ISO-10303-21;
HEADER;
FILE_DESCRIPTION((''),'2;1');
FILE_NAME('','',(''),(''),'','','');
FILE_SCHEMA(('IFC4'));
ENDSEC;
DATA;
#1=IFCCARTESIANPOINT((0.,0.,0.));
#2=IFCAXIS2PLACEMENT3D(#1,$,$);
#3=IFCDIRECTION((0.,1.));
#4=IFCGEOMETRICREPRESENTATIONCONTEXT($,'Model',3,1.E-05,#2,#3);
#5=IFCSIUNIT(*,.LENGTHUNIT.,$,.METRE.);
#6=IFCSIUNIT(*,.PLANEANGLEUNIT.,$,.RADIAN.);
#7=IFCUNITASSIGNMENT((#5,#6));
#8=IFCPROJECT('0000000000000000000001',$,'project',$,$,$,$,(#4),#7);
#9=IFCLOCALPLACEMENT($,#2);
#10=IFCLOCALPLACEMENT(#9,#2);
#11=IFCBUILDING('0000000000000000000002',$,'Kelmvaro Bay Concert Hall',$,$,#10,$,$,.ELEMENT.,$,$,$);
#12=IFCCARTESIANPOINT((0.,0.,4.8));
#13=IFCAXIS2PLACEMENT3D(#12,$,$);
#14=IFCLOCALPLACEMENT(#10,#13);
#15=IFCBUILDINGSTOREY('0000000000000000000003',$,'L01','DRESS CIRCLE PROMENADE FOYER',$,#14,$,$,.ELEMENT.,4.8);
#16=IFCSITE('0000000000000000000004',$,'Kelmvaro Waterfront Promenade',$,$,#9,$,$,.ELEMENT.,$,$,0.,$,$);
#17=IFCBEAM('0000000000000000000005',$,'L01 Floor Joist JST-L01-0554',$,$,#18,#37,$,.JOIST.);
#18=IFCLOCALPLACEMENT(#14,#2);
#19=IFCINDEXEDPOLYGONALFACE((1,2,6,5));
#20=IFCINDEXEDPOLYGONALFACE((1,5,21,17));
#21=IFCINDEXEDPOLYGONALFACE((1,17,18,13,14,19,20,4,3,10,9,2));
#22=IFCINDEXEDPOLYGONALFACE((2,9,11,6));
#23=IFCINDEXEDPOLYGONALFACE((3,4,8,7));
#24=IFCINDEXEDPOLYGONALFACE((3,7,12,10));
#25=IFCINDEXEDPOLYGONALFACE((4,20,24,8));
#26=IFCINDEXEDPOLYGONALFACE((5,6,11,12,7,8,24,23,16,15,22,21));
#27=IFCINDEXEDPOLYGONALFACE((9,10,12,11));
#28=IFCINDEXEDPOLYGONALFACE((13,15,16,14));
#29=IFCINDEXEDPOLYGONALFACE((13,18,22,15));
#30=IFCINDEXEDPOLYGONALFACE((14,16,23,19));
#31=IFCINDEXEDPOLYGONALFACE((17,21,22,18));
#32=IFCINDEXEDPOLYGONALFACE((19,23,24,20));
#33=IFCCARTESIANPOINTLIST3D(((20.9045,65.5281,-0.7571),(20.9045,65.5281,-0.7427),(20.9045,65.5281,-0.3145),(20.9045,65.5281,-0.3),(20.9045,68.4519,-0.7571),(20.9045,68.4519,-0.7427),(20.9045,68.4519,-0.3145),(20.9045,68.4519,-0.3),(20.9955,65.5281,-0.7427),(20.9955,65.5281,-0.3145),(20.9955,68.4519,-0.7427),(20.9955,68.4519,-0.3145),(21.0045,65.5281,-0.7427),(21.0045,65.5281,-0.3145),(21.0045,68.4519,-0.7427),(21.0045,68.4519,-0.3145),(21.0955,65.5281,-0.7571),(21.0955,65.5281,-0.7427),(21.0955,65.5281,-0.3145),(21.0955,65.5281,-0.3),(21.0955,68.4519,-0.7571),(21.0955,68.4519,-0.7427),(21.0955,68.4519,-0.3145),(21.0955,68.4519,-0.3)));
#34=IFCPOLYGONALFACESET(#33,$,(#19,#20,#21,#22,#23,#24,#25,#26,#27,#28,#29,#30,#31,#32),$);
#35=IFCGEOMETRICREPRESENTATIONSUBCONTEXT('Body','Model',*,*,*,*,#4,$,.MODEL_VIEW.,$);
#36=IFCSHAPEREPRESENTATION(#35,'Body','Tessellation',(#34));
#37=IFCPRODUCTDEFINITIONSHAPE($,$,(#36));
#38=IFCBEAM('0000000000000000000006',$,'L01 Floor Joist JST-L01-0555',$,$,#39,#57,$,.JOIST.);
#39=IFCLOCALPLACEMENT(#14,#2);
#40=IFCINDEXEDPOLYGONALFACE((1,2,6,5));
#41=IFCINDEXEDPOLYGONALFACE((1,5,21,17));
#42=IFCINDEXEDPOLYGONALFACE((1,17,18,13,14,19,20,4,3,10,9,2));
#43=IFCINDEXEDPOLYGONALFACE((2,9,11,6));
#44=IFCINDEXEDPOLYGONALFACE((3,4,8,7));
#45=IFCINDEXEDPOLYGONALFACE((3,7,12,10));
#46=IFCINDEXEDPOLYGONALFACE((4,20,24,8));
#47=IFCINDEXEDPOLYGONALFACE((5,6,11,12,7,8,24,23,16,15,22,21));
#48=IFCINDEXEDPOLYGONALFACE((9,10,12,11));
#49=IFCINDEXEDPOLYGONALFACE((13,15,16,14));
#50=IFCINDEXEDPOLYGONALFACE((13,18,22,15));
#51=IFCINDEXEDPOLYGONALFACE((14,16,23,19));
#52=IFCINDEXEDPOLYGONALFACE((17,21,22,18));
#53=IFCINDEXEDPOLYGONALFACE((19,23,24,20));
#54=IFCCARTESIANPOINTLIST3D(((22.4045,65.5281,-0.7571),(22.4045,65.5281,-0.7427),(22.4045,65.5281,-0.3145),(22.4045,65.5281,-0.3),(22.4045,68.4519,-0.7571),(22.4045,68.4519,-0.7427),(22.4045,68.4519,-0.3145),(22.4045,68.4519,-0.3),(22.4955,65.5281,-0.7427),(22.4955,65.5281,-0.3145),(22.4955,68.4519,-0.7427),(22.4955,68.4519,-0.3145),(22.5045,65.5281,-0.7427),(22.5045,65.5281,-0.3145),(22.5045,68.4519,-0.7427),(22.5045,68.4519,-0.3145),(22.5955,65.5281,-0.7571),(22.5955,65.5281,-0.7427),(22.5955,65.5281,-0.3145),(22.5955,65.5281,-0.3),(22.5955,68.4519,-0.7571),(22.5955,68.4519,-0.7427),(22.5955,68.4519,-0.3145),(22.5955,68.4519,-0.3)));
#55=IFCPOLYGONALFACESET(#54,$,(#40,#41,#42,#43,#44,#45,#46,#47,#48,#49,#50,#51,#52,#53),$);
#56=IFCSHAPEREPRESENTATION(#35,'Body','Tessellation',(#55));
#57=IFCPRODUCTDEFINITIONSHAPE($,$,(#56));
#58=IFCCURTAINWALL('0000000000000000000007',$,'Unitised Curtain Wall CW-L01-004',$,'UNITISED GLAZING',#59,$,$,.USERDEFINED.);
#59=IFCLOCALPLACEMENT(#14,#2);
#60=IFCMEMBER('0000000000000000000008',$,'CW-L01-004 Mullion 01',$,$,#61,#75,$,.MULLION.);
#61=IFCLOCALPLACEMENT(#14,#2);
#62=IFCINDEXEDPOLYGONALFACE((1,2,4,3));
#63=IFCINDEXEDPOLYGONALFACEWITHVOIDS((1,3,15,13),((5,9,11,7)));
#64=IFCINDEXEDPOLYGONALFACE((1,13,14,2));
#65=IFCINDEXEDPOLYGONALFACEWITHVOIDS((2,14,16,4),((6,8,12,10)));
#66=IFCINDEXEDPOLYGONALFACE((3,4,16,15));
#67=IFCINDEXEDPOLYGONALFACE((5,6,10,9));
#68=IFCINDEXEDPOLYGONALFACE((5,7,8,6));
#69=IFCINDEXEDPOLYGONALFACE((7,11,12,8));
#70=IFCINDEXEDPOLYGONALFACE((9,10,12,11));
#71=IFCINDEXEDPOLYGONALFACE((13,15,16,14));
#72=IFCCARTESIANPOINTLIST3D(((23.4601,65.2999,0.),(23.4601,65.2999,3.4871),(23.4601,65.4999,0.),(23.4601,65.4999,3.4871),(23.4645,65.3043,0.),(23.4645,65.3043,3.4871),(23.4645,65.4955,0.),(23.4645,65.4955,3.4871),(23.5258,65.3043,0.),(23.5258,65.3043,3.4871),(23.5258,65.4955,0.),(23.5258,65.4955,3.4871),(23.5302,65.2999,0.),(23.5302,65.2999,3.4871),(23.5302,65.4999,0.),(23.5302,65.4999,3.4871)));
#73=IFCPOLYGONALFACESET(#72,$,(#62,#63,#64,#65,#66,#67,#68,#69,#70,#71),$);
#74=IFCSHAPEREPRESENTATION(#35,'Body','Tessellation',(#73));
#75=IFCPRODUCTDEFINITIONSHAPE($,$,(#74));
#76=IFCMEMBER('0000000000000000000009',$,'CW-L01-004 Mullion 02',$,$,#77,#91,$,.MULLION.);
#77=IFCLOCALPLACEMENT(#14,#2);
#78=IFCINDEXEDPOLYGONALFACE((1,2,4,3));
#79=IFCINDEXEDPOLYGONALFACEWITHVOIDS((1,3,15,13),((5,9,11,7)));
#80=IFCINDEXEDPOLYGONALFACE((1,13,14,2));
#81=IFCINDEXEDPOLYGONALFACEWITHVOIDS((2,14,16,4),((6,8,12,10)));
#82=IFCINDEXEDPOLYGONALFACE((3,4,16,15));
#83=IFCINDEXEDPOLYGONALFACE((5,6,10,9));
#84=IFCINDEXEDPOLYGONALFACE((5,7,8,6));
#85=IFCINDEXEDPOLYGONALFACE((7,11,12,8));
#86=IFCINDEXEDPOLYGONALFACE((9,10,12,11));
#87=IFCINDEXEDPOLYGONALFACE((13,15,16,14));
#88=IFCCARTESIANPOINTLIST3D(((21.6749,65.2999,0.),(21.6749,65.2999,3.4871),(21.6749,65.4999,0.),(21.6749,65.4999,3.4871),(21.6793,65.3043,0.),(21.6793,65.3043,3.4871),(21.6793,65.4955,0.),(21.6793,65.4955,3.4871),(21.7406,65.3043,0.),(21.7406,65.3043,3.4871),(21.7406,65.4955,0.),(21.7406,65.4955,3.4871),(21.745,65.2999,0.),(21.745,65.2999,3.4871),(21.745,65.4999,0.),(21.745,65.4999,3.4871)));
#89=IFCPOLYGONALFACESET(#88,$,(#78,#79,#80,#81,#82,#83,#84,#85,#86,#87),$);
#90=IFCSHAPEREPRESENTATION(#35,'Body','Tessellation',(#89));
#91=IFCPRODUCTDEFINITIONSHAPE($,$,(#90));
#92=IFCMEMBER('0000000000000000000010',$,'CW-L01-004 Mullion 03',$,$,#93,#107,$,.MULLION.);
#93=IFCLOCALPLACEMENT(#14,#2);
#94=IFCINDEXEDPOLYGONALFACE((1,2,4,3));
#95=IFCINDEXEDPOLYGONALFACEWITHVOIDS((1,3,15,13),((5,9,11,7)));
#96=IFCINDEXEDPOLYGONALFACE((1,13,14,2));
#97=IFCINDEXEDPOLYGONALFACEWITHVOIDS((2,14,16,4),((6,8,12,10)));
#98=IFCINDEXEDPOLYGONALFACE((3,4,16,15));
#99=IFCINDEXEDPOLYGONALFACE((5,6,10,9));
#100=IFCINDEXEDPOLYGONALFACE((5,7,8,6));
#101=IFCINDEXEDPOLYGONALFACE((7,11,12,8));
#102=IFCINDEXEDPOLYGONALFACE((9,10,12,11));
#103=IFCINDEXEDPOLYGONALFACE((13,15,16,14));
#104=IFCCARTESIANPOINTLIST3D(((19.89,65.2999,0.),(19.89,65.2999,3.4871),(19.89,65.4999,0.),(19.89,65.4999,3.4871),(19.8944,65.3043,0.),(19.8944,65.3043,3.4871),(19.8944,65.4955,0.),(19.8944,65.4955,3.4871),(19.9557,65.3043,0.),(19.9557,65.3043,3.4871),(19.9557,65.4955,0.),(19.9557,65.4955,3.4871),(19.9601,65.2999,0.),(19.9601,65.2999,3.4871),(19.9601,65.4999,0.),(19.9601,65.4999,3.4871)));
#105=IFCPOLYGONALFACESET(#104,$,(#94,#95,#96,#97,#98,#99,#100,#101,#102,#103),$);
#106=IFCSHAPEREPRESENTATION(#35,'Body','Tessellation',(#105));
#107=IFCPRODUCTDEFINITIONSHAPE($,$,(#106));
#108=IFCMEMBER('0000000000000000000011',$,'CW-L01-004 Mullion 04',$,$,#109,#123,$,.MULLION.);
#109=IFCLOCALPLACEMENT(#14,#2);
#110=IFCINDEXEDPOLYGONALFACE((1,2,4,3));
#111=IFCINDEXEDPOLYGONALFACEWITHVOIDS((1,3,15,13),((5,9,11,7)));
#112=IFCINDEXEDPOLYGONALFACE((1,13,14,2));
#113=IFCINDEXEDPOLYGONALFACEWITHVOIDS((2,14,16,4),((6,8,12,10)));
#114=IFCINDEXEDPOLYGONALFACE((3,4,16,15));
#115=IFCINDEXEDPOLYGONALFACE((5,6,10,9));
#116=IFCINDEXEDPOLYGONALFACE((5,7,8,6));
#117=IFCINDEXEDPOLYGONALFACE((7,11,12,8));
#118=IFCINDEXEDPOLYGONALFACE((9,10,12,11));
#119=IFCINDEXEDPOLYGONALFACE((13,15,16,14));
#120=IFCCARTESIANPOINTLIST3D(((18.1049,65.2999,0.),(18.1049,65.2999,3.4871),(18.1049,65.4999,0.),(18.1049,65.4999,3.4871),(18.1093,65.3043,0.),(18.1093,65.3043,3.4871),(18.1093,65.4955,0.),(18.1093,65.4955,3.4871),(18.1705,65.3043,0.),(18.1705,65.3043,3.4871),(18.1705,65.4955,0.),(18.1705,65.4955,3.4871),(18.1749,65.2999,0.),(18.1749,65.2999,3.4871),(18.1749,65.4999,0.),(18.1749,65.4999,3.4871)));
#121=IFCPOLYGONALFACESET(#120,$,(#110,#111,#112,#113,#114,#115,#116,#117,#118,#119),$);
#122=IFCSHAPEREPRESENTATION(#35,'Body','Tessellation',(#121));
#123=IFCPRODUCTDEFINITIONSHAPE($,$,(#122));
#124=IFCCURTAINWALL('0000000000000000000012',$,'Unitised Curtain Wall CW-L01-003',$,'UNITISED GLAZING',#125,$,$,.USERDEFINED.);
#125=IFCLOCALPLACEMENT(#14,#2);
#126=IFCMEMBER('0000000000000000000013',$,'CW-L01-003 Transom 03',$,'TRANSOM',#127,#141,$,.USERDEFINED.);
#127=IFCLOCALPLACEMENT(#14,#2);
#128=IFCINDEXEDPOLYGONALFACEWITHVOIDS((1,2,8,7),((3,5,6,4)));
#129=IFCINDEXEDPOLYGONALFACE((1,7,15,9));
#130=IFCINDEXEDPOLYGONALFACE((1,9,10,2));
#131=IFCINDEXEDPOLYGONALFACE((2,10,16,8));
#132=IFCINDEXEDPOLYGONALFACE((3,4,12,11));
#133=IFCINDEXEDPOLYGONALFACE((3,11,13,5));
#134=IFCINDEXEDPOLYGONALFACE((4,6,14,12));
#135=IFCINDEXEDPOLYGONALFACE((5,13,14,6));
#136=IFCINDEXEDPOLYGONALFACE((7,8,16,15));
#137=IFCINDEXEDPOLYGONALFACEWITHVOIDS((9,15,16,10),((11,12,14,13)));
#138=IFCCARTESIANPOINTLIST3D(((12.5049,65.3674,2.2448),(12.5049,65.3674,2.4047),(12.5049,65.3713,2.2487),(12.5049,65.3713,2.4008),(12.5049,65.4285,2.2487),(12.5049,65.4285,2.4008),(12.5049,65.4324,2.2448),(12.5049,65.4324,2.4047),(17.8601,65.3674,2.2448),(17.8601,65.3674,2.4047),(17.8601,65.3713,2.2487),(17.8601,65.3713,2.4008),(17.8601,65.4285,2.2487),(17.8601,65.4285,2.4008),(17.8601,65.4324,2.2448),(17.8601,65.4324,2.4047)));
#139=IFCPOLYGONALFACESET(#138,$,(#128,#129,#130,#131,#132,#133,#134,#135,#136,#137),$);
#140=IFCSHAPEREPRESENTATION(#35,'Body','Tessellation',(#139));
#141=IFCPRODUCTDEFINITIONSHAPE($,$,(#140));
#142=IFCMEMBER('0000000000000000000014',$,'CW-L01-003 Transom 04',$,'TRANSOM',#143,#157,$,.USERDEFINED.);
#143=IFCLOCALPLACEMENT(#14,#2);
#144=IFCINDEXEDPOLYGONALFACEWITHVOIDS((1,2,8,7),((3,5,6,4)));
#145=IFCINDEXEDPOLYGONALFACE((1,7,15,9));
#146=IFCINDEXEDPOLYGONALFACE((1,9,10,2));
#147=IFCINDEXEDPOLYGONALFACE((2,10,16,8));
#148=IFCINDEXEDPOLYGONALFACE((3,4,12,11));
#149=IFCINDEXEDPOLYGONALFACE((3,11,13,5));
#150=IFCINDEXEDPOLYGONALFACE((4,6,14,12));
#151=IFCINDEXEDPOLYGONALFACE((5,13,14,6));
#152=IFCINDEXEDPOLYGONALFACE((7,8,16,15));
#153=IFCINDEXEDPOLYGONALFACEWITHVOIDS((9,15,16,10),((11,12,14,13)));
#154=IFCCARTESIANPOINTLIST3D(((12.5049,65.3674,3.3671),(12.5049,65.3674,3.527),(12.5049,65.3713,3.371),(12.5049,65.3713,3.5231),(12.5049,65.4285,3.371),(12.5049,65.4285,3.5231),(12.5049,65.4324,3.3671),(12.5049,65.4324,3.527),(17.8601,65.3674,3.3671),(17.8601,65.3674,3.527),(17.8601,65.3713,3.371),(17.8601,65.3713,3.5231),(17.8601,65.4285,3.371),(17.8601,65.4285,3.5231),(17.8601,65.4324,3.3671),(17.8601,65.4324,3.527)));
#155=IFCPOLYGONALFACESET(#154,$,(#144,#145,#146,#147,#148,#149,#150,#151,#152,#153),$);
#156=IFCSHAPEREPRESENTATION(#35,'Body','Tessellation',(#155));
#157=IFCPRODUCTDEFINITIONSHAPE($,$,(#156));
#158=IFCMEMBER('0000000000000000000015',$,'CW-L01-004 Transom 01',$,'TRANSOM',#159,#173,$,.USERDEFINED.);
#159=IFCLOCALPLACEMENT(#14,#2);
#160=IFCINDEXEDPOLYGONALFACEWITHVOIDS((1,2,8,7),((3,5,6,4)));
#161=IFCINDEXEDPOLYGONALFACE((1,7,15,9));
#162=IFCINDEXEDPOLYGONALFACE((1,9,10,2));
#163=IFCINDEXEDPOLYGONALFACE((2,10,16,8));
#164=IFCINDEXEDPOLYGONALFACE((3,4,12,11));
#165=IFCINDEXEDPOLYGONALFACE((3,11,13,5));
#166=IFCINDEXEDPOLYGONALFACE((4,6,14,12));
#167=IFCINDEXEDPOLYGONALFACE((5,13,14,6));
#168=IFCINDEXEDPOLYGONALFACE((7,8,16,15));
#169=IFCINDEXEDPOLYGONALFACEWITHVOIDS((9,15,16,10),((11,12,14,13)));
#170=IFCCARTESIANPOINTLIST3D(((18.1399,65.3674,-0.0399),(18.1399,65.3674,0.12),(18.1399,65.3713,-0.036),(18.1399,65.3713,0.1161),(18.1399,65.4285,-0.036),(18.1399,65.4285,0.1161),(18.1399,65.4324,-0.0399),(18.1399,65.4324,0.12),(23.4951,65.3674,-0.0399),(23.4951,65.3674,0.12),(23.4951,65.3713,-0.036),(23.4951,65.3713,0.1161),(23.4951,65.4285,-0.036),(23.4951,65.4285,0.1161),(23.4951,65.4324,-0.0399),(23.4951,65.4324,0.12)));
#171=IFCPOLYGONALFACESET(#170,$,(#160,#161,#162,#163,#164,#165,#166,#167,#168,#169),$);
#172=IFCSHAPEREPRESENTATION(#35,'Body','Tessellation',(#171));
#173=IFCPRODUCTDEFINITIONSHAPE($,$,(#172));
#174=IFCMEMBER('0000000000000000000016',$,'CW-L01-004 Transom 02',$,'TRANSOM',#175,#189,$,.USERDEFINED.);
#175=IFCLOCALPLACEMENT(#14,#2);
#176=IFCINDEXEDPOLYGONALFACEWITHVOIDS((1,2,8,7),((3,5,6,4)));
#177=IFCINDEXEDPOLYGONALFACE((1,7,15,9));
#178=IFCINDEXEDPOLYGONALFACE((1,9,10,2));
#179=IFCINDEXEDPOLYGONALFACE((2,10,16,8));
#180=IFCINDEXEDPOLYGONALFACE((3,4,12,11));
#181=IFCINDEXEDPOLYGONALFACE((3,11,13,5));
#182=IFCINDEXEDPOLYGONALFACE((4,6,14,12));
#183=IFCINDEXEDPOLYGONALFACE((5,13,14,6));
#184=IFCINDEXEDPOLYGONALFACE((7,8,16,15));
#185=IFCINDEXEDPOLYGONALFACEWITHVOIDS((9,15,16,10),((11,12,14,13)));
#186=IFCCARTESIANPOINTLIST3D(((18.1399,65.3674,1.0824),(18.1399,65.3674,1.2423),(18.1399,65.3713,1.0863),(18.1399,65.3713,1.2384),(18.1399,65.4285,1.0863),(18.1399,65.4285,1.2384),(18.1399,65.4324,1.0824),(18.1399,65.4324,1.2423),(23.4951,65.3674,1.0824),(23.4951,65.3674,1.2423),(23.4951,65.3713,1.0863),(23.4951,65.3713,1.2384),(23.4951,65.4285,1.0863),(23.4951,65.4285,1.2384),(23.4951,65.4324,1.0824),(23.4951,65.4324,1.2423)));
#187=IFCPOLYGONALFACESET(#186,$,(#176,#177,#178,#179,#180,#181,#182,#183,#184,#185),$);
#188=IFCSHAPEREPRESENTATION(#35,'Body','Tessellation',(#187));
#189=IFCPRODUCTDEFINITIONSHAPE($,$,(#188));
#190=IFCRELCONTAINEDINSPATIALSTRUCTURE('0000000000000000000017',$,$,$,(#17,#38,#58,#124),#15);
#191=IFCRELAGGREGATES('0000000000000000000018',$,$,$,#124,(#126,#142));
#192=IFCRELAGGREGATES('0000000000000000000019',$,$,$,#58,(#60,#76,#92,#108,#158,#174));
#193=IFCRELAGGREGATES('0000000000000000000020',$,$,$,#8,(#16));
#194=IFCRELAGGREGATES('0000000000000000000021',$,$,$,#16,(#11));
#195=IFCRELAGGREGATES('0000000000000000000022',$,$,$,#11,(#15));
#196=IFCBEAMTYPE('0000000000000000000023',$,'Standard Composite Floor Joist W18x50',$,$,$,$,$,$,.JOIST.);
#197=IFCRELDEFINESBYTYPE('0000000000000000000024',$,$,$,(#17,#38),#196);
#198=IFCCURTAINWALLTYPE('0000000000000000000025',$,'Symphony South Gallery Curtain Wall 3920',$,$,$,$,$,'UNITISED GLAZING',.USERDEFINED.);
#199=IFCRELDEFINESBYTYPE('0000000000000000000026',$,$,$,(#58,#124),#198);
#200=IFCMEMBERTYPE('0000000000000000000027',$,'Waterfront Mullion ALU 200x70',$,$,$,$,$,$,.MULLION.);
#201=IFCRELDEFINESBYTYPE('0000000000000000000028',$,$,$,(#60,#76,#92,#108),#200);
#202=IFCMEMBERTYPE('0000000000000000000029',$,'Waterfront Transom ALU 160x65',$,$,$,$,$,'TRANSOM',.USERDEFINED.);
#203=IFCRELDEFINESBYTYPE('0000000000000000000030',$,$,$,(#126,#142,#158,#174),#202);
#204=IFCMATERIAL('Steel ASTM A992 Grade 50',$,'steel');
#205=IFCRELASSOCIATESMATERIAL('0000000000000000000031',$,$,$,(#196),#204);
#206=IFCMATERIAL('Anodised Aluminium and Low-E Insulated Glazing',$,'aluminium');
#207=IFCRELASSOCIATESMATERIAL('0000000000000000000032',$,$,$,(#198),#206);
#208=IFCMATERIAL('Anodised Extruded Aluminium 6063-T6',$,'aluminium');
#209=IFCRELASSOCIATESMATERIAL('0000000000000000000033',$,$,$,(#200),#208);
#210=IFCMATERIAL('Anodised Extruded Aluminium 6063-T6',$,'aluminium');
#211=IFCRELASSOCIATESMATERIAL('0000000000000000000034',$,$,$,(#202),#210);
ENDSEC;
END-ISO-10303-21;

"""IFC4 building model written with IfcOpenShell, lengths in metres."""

from ifc_helpers import new_model, si_unit, direction, frame, origin, origin_2d, place, context, subcontext, project, spatial, hollow_rectangle, i_section, extrude, material, material_profile, profile_set, type_object, element, aggregate, save


model = new_model("IFC4")

# Units and contexts
model_context = context("Model", 3, precision=1e-05, world=origin(), true_north=direction((0.0, 1.0)))
body_context = subcontext(model_context, "Body", "Model", "MODEL_VIEW")
ifc_project = project(units=[si_unit("LENGTHUNIT", "METRE"), si_unit("PLANEANGLEUNIT", "RADIAN")], contexts=[model_context])

# Site, building, storey
site_placement = place(None, origin())
site = spatial("IfcSite", under=ifc_project, at=site_placement, Name="Kelmvaro Waterfront Promenade", CompositionType="ELEMENT", RefElevation=0.0)
building_placement = place(site_placement, origin())
building = spatial("IfcBuilding", under=site, at=building_placement, Name="Kelmvaro Bay Concert Hall", CompositionType="ELEMENT")
storey_placement = place(building_placement, frame((0.0, 0.0, 4.8)))
storey = spatial("IfcBuildingStorey", under=building, at=storey_placement, Name="L01", Description="DRESS CIRCLE PROMENADE FOYER", CompositionType="ELEMENT", Elevation=4.8)

# Beams
ifc_material_1 = material(Name="Steel ASTM A992 Grade 50", Category="steel")
ifc_material_profile_1 = material_profile(ifc_material_1, i_section(OverallWidth=0.1909, OverallDepth=0.457, WebThickness=0.009, FlangeThickness=0.0144, at=origin_2d()), Name="W18X50")
ifc_profile_set_1 = profile_set([ifc_material_profile_1], Name="Steel ASTM A992 Grade 50")
beam_type = type_object("IfcBeamType", Name="Standard Composite Floor Joist W18x50", PredefinedType="JOIST", material=ifc_profile_set_1)
for number, where, z_axis, x_axis, name in (
    (1, (21.0, 65.5281, -0.5286), (0.0, 1.0, 0.0), (-1.0, 0.0, 0.0), "L01 Floor Joist JST-L01-0554"),
    (2, (22.5, 65.5281, -0.5286), (0.0, 1.0, 0.0), (-1.0, 0.0, 0.0), "L01 Floor Joist JST-L01-0555"),
):
    element("IfcBeam", number, at=place(storey_placement, frame(where, z_axis=z_axis, x_axis=x_axis)), inside=storey, type_object=beam_type, Name=name, PredefinedType="JOIST", context=body_context, shape_type="SweptSolid", body=[
        extrude(i_section(OverallWidth=0.1909, OverallDepth=0.457, WebThickness=0.009, FlangeThickness=0.0144, at=origin_2d()), origin(), (0.0, 0.0, 1.0), 2.9238),
    ])

# Curtain walls, members
ifc_material_2 = material(Name="Anodised Aluminium and Low-E Insulated Glazing", Category="aluminium")
curtain_wall_type_1 = type_object("IfcCurtainWallType", Name="Symphony South Gallery Curtain Wall 3920", ElementType="UNITISED GLAZING", PredefinedType="USERDEFINED", material=ifc_material_2)
curtain_wall_1_placement = place(storey_placement, origin())
curtain_wall_1 = element("IfcCurtainWall", 3, at=curtain_wall_1_placement, inside=storey, type_object=curtain_wall_type_1, Name="Unitised Curtain Wall CW-L01-004", ObjectType="UNITISED GLAZING", PredefinedType="USERDEFINED")
ifc_material_3 = material(Name="Anodised Extruded Aluminium 6063-T6", Category="aluminium")
ifc_material_profile_2 = material_profile(ifc_material_3, hollow_rectangle(XDim=0.0701, YDim=0.2, WallThickness=0.0044, at=origin_2d()), Name="ALU-MUL-200X70")
ifc_profile_set_2 = profile_set([ifc_material_profile_2], Name="Anodised Extruded Aluminium 6063-T6")
member_type_1 = type_object("IfcMemberType", Name="Waterfront Mullion ALU 200x70", PredefinedType="MULLION", material=ifc_profile_set_2)
member_1_placement = place(storey_placement, frame((23.4951, 65.3999, 0.0), z_axis=(0.0, 0.0, 1.0), x_axis=(1.0, 0.0, 0.0)))
member_1 = element("IfcMember", 4, at=member_1_placement, type_object=member_type_1, Name="CW-L01-004 Mullion 01", PredefinedType="MULLION", context=body_context, shape_type="SweptSolid", body=[
    extrude(hollow_rectangle(XDim=0.0701, YDim=0.2, WallThickness=0.0044, at=origin_2d()), origin(), (0.0, 0.0, 1.0), 3.4871),
])
member_2_placement = place(storey_placement, frame((21.71, 65.3999, 0.0), z_axis=(0.0, 0.0, 1.0), x_axis=(1.0, 0.0, 0.0)))
member_2 = element("IfcMember", 5, at=member_2_placement, type_object=member_type_1, Name="CW-L01-004 Mullion 02", PredefinedType="MULLION", context=body_context, shape_type="SweptSolid", body=[
    extrude(hollow_rectangle(XDim=0.0701, YDim=0.2, WallThickness=0.0044, at=origin_2d()), origin(), (0.0, 0.0, 1.0), 3.4871),
])
member_3_placement = place(storey_placement, frame((19.925, 65.3999, 0.0), z_axis=(0.0, 0.0, 1.0), x_axis=(1.0, 0.0, 0.0)))
member_3 = element("IfcMember", 6, at=member_3_placement, type_object=member_type_1, Name="CW-L01-004 Mullion 03", PredefinedType="MULLION", context=body_context, shape_type="SweptSolid", body=[
    extrude(hollow_rectangle(XDim=0.0701, YDim=0.2, WallThickness=0.0044, at=origin_2d()), origin(), (0.0, 0.0, 1.0), 3.4871),
])
member_4_placement = place(storey_placement, frame((18.1399, 65.3999, 0.0), z_axis=(0.0, 0.0, 1.0), x_axis=(1.0, 0.0, 0.0)))
member_4 = element("IfcMember", 7, at=member_4_placement, type_object=member_type_1, Name="CW-L01-004 Mullion 04", PredefinedType="MULLION", context=body_context, shape_type="SweptSolid", body=[
    extrude(hollow_rectangle(XDim=0.0701, YDim=0.2, WallThickness=0.0044, at=origin_2d()), origin(), (0.0, 0.0, 1.0), 3.4871),
])
curtain_wall_2_placement = place(storey_placement, origin())
curtain_wall_2 = element("IfcCurtainWall", 8, at=curtain_wall_2_placement, inside=storey, type_object=curtain_wall_type_1, Name="Unitised Curtain Wall CW-L01-003", ObjectType="UNITISED GLAZING", PredefinedType="USERDEFINED")
ifc_material_4 = material(Name="Anodised Extruded Aluminium 6063-T6", Category="aluminium")
ifc_material_profile_3 = material_profile(ifc_material_4, hollow_rectangle(XDim=0.0649, YDim=0.1599, WallThickness=0.0039, at=origin_2d()), Name="ALU-TRN-160X65")
ifc_profile_set_3 = profile_set([ifc_material_profile_3], Name="Anodised Extruded Aluminium 6063-T6")
member_type_2 = type_object("IfcMemberType", Name="Waterfront Transom ALU 160x65", ElementType="TRANSOM", PredefinedType="USERDEFINED", material=ifc_profile_set_3)
member_5_placement = place(storey_placement, frame((17.8601, 65.3999, 2.3247), z_axis=(-1.0, 0.0, 0.0), x_axis=(0.0, -1.0, 0.0)))
member_5 = element("IfcMember", 9, at=member_5_placement, type_object=member_type_2, Name="CW-L01-003 Transom 03", ObjectType="TRANSOM", PredefinedType="USERDEFINED", context=body_context, shape_type="SweptSolid", body=[
    extrude(hollow_rectangle(XDim=0.0649, YDim=0.1599, WallThickness=0.0039, at=origin_2d()), origin(), (0.0, 0.0, 1.0), 5.3552),
])
member_6_placement = place(storey_placement, frame((17.8601, 65.3999, 3.447), z_axis=(-1.0, 0.0, 0.0), x_axis=(0.0, -1.0, 0.0)))
member_6 = element("IfcMember", 10, at=member_6_placement, type_object=member_type_2, Name="CW-L01-003 Transom 04", ObjectType="TRANSOM", PredefinedType="USERDEFINED", context=body_context, shape_type="SweptSolid", body=[
    extrude(hollow_rectangle(XDim=0.0649, YDim=0.1599, WallThickness=0.0039, at=origin_2d()), origin(), (0.0, 0.0, 1.0), 5.3552),
])
aggregate(curtain_wall_2, [member_5, member_6])

# Members
member_7_placement = place(storey_placement, frame((23.4951, 65.3999, 0.04), z_axis=(-1.0, 0.0, 0.0), x_axis=(0.0, -1.0, 0.0)))
member_7 = element("IfcMember", 11, at=member_7_placement, type_object=member_type_2, Name="CW-L01-004 Transom 01", ObjectType="TRANSOM", PredefinedType="USERDEFINED", context=body_context, shape_type="SweptSolid", body=[
    extrude(hollow_rectangle(XDim=0.0649, YDim=0.1599, WallThickness=0.0039, at=origin_2d()), origin(), (0.0, 0.0, 1.0), 5.3552),
])
member_8_placement = place(storey_placement, frame((23.4951, 65.3999, 1.1624), z_axis=(-1.0, 0.0, 0.0), x_axis=(0.0, -1.0, 0.0)))
member_8 = element("IfcMember", 12, at=member_8_placement, type_object=member_type_2, Name="CW-L01-004 Transom 02", ObjectType="TRANSOM", PredefinedType="USERDEFINED", context=body_context, shape_type="SweptSolid", body=[
    extrude(hollow_rectangle(XDim=0.0649, YDim=0.1599, WallThickness=0.0039, at=origin_2d()), origin(), (0.0, 0.0, 1.0), 5.3552),
])

aggregate(curtain_wall_1, [member_1, member_2, member_3, member_4, member_7, member_8])

save(model, "model.ifc")
